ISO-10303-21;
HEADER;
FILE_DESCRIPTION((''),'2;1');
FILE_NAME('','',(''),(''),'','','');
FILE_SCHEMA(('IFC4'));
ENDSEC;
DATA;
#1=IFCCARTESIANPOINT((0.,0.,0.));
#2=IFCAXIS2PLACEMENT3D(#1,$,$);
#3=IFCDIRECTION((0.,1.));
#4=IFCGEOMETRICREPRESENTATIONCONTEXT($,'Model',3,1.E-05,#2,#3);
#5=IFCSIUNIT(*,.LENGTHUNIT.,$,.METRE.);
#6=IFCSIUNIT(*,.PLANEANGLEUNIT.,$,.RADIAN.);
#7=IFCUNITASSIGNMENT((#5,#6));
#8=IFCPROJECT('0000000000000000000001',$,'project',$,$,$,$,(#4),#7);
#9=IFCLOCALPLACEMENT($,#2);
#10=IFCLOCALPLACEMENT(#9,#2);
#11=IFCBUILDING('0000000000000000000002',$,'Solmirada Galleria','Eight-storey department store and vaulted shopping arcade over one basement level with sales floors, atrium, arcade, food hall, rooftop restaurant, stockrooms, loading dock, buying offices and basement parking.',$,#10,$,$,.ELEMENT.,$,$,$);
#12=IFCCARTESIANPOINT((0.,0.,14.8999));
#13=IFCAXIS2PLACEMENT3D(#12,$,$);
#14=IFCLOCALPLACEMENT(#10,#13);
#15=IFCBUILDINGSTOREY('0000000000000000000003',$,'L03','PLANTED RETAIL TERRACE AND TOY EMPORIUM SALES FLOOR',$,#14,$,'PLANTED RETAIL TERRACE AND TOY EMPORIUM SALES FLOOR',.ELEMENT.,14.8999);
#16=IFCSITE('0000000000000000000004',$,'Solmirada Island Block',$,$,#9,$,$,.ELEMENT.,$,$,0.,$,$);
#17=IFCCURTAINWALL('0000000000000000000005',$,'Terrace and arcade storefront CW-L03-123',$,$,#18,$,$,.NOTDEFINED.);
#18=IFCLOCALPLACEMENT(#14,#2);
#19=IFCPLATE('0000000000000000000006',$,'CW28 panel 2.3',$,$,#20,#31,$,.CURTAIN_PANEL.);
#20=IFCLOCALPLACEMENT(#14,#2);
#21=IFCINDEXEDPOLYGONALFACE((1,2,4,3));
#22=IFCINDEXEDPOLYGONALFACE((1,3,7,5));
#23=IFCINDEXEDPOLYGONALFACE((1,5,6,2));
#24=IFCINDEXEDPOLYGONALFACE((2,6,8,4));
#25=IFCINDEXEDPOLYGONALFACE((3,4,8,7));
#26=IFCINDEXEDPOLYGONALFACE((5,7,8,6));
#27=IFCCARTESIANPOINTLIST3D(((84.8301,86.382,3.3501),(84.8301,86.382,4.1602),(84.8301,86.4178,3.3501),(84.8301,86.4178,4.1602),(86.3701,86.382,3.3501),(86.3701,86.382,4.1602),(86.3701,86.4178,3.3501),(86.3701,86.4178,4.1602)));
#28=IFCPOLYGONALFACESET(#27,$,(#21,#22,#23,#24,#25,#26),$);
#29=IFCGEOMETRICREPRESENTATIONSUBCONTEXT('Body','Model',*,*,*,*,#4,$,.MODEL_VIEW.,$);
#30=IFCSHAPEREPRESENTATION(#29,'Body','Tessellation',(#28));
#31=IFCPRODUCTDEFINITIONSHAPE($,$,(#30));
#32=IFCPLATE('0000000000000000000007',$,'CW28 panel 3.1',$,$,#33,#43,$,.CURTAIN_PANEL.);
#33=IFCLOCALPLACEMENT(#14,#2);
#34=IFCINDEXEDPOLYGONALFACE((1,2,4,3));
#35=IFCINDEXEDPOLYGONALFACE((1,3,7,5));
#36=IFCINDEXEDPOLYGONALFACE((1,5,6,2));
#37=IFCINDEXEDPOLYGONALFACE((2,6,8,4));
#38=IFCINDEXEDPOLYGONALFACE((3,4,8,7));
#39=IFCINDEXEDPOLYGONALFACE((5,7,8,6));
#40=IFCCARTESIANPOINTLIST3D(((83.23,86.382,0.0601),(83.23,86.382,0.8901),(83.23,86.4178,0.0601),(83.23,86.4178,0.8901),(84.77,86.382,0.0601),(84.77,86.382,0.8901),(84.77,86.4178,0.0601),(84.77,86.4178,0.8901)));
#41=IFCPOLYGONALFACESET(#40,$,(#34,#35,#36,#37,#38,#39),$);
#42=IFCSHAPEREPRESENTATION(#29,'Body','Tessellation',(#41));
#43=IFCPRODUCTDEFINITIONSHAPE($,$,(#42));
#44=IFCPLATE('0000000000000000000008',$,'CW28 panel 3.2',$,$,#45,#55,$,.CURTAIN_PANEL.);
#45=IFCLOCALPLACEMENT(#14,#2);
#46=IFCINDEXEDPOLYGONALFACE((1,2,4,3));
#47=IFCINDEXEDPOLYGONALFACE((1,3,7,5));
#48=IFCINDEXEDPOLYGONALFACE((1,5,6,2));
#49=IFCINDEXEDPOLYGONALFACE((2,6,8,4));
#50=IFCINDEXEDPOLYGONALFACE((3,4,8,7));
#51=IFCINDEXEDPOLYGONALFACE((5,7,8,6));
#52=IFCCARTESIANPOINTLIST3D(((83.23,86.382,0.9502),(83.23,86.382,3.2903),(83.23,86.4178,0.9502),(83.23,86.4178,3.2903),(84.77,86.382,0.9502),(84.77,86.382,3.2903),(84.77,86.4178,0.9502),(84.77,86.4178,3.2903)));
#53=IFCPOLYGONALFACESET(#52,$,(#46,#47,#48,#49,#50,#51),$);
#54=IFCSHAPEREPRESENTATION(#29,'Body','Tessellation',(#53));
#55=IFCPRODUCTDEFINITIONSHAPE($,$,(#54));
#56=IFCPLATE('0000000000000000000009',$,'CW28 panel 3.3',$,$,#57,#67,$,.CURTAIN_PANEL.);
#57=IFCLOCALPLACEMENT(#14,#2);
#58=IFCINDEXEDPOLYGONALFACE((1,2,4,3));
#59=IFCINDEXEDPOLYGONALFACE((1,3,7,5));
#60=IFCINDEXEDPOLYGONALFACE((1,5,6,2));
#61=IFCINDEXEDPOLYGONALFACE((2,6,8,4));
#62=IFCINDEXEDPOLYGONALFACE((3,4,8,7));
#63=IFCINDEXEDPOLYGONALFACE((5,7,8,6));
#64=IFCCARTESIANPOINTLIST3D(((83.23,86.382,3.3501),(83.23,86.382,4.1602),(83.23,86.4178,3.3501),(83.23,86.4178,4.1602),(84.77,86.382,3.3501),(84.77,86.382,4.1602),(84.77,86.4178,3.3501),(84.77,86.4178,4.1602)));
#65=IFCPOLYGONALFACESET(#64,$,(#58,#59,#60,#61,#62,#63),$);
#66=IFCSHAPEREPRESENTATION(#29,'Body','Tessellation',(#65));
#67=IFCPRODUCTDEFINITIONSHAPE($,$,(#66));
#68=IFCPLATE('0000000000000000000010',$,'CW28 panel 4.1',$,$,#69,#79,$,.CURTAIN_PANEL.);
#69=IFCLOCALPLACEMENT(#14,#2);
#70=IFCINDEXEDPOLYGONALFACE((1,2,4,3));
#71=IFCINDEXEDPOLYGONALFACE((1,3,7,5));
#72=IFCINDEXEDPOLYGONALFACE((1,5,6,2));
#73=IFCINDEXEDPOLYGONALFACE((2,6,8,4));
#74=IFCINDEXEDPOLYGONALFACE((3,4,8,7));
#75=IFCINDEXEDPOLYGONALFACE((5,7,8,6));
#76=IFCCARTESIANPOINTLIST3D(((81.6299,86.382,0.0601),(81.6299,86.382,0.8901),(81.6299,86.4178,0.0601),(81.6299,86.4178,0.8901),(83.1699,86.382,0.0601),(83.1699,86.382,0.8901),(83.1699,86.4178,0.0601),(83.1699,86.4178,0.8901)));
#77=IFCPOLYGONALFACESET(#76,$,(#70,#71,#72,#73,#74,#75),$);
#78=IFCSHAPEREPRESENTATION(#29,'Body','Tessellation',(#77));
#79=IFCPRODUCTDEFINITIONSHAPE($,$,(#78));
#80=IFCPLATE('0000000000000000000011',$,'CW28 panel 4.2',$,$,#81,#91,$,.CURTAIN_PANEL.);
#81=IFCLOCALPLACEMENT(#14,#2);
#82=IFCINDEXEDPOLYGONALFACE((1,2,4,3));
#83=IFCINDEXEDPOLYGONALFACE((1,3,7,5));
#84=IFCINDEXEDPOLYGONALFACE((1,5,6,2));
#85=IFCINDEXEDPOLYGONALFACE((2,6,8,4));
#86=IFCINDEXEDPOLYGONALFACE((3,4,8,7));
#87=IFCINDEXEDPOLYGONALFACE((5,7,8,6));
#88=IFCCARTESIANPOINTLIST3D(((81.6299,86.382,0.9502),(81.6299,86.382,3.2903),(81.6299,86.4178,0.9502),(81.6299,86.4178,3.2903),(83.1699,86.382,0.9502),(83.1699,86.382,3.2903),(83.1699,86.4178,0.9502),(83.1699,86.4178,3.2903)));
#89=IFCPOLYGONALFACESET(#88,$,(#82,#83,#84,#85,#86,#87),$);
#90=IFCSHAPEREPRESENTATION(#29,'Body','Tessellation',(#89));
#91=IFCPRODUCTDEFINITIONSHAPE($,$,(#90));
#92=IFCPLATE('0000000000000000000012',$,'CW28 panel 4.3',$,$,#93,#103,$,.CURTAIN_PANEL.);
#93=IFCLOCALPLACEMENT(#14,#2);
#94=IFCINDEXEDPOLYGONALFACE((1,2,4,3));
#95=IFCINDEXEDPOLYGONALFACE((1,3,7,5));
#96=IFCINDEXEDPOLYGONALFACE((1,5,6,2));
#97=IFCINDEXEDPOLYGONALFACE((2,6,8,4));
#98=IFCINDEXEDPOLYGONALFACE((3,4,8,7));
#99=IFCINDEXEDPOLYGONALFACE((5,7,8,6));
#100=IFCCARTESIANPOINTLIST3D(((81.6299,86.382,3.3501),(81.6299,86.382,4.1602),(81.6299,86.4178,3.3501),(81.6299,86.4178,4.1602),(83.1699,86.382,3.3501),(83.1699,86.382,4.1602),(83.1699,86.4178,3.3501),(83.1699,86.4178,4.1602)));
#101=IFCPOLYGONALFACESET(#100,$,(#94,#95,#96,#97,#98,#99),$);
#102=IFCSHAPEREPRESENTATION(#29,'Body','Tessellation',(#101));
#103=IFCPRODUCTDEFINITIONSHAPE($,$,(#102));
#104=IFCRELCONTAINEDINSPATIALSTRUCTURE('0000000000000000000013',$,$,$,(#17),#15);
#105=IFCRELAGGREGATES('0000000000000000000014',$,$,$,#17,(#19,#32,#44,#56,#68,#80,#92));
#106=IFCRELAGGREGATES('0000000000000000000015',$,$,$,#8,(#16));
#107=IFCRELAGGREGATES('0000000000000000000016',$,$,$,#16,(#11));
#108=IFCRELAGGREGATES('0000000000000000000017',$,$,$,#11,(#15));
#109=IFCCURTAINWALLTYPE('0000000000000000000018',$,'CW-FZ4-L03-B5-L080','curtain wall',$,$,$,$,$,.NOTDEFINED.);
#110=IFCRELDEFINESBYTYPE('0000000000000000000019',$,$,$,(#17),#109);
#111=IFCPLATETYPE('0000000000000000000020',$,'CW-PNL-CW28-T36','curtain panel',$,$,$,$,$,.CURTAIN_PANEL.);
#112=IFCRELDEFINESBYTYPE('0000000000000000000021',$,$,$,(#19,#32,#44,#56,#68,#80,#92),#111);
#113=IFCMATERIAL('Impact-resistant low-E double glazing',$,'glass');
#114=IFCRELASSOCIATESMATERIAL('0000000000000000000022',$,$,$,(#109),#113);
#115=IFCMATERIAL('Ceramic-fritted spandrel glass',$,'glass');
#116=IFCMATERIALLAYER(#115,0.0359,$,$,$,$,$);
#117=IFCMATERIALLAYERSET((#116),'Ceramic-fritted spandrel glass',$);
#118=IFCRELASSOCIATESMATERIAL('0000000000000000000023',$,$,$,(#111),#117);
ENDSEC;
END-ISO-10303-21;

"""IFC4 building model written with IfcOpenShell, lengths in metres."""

from ifc_helpers import new_model, si_unit, direction, frame, origin, origin_2d, place, context, subcontext, project, spatial, rectangle, extrude, material, layer, layer_set, type_object, element, aggregate, save


model = new_model("IFC4")

# Units and contexts
model_context = context("Model", 3, precision=1e-05, world=origin(), true_north=direction((0.0, 1.0)))
body_context = subcontext(model_context, "Body", "Model", "MODEL_VIEW")
ifc_project = project(units=[si_unit("LENGTHUNIT", "METRE"), si_unit("PLANEANGLEUNIT", "RADIAN")], contexts=[model_context])

# Site, building, storey
site_placement = place(None, origin())
site = spatial("IfcSite", under=ifc_project, at=site_placement, Name="Solmirada Island Block", CompositionType="ELEMENT", RefElevation=0.0)
building_placement = place(site_placement, origin())
building = spatial("IfcBuilding", under=site, at=building_placement, Name="Solmirada Galleria", Description="Eight-storey department store and vaulted shopping arcade over one basement level with sales floors, atrium, arcade, food hall, rooftop restaurant, stockrooms, loading dock, buying offices and basement parking.", CompositionType="ELEMENT")
storey_placement = place(building_placement, frame((0.0, 0.0, 14.8999)))
storey = spatial("IfcBuildingStorey", under=building, at=storey_placement, Name="L03", Description="PLANTED RETAIL TERRACE AND TOY EMPORIUM SALES FLOOR", LongName="PLANTED RETAIL TERRACE AND TOY EMPORIUM SALES FLOOR", CompositionType="ELEMENT", Elevation=14.8999)

# Curtain wall, plates
ifc_material_1 = material(Name="Impact-resistant low-E double glazing", Category="glass")
curtain_wall_type = type_object("IfcCurtainWallType", Name="CW-FZ4-L03-B5-L080", Description="curtain wall", PredefinedType="NOTDEFINED", material=ifc_material_1)
curtain_wall_placement = place(storey_placement, origin())
curtain_wall = element("IfcCurtainWall", 1, at=curtain_wall_placement, inside=storey, type_object=curtain_wall_type, Name="Terrace and arcade storefront CW-L03-123", PredefinedType="NOTDEFINED")
ifc_material_2 = material(Name="Ceramic-fritted spandrel glass", Category="glass")
ifc_layer = layer(ifc_material_2, 0.0359)
ifc_layer_set = layer_set([ifc_layer], Name="Ceramic-fritted spandrel glass")
plate_type = type_object("IfcPlateType", Name="CW-PNL-CW28-T36", Description="curtain panel", PredefinedType="CURTAIN_PANEL", material=ifc_layer_set)
plate_1_placement = place(storey_placement, frame((85.6001, 86.3999, 3.3501), z_axis=(0.0, 0.0, 1.0), x_axis=(-1.0, 0.0, 0.0)))
plate_1 = element("IfcPlate", 2, at=plate_1_placement, type_object=plate_type, Name="CW28 panel 2.3", PredefinedType="CURTAIN_PANEL", context=body_context, shape_type="SweptSolid", body=[
    extrude(rectangle(XDim=1.54, YDim=0.0359, at=origin_2d()), origin(), (0.0, 0.0, 1.0), 0.8101),
])
plate_2_placement = place(storey_placement, frame((84.0, 86.3999, 0.0601), z_axis=(0.0, 0.0, 1.0), x_axis=(-1.0, 0.0, 0.0)))
plate_2 = element("IfcPlate", 3, at=plate_2_placement, type_object=plate_type, Name="CW28 panel 3.1", PredefinedType="CURTAIN_PANEL", context=body_context, shape_type="SweptSolid", body=[
    extrude(rectangle(XDim=1.54, YDim=0.0359, at=origin_2d()), origin(), (0.0, 0.0, 1.0), 0.8301),
])
plate_3_placement = place(storey_placement, frame((84.0, 86.3999, 0.9502), z_axis=(0.0, 0.0, 1.0), x_axis=(-1.0, 0.0, 0.0)))
plate_3 = element("IfcPlate", 4, at=plate_3_placement, type_object=plate_type, Name="CW28 panel 3.2", PredefinedType="CURTAIN_PANEL", context=body_context, shape_type="SweptSolid", body=[
    extrude(rectangle(XDim=1.54, YDim=0.0359, at=origin_2d()), origin(), (0.0, 0.0, 1.0), 2.3401),
])
plate_4_placement = place(storey_placement, frame((84.0, 86.3999, 3.3501), z_axis=(0.0, 0.0, 1.0), x_axis=(-1.0, 0.0, 0.0)))
plate_4 = element("IfcPlate", 5, at=plate_4_placement, type_object=plate_type, Name="CW28 panel 3.3", PredefinedType="CURTAIN_PANEL", context=body_context, shape_type="SweptSolid", body=[
    extrude(rectangle(XDim=1.54, YDim=0.0359, at=origin_2d()), origin(), (0.0, 0.0, 1.0), 0.8101),
])
plate_5_placement = place(storey_placement, frame((82.3999, 86.3999, 0.0601), z_axis=(0.0, 0.0, 1.0), x_axis=(-1.0, 0.0, 0.0)))
plate_5 = element("IfcPlate", 6, at=plate_5_placement, type_object=plate_type, Name="CW28 panel 4.1", PredefinedType="CURTAIN_PANEL", context=body_context, shape_type="SweptSolid", body=[
    extrude(rectangle(XDim=1.54, YDim=0.0359, at=origin_2d()), origin(), (0.0, 0.0, 1.0), 0.8301),
])
plate_6_placement = place(storey_placement, frame((82.3999, 86.3999, 0.9502), z_axis=(0.0, 0.0, 1.0), x_axis=(-1.0, 0.0, 0.0)))
plate_6 = element("IfcPlate", 7, at=plate_6_placement, type_object=plate_type, Name="CW28 panel 4.2", PredefinedType="CURTAIN_PANEL", context=body_context, shape_type="SweptSolid", body=[
    extrude(rectangle(XDim=1.54, YDim=0.0359, at=origin_2d()), origin(), (0.0, 0.0, 1.0), 2.3401),
])
plate_7_placement = place(storey_placement, frame((82.3999, 86.3999, 3.3501), z_axis=(0.0, 0.0, 1.0), x_axis=(-1.0, 0.0, 0.0)))
plate_7 = element("IfcPlate", 8, at=plate_7_placement, type_object=plate_type, Name="CW28 panel 4.3", PredefinedType="CURTAIN_PANEL", context=body_context, shape_type="SweptSolid", body=[
    extrude(rectangle(XDim=1.54, YDim=0.0359, at=origin_2d()), origin(), (0.0, 0.0, 1.0), 0.8101),
])
aggregate(curtain_wall, [plate_1, plate_2, plate_3, plate_4, plate_5, plate_6, plate_7])

save(model, "model.ifc")
